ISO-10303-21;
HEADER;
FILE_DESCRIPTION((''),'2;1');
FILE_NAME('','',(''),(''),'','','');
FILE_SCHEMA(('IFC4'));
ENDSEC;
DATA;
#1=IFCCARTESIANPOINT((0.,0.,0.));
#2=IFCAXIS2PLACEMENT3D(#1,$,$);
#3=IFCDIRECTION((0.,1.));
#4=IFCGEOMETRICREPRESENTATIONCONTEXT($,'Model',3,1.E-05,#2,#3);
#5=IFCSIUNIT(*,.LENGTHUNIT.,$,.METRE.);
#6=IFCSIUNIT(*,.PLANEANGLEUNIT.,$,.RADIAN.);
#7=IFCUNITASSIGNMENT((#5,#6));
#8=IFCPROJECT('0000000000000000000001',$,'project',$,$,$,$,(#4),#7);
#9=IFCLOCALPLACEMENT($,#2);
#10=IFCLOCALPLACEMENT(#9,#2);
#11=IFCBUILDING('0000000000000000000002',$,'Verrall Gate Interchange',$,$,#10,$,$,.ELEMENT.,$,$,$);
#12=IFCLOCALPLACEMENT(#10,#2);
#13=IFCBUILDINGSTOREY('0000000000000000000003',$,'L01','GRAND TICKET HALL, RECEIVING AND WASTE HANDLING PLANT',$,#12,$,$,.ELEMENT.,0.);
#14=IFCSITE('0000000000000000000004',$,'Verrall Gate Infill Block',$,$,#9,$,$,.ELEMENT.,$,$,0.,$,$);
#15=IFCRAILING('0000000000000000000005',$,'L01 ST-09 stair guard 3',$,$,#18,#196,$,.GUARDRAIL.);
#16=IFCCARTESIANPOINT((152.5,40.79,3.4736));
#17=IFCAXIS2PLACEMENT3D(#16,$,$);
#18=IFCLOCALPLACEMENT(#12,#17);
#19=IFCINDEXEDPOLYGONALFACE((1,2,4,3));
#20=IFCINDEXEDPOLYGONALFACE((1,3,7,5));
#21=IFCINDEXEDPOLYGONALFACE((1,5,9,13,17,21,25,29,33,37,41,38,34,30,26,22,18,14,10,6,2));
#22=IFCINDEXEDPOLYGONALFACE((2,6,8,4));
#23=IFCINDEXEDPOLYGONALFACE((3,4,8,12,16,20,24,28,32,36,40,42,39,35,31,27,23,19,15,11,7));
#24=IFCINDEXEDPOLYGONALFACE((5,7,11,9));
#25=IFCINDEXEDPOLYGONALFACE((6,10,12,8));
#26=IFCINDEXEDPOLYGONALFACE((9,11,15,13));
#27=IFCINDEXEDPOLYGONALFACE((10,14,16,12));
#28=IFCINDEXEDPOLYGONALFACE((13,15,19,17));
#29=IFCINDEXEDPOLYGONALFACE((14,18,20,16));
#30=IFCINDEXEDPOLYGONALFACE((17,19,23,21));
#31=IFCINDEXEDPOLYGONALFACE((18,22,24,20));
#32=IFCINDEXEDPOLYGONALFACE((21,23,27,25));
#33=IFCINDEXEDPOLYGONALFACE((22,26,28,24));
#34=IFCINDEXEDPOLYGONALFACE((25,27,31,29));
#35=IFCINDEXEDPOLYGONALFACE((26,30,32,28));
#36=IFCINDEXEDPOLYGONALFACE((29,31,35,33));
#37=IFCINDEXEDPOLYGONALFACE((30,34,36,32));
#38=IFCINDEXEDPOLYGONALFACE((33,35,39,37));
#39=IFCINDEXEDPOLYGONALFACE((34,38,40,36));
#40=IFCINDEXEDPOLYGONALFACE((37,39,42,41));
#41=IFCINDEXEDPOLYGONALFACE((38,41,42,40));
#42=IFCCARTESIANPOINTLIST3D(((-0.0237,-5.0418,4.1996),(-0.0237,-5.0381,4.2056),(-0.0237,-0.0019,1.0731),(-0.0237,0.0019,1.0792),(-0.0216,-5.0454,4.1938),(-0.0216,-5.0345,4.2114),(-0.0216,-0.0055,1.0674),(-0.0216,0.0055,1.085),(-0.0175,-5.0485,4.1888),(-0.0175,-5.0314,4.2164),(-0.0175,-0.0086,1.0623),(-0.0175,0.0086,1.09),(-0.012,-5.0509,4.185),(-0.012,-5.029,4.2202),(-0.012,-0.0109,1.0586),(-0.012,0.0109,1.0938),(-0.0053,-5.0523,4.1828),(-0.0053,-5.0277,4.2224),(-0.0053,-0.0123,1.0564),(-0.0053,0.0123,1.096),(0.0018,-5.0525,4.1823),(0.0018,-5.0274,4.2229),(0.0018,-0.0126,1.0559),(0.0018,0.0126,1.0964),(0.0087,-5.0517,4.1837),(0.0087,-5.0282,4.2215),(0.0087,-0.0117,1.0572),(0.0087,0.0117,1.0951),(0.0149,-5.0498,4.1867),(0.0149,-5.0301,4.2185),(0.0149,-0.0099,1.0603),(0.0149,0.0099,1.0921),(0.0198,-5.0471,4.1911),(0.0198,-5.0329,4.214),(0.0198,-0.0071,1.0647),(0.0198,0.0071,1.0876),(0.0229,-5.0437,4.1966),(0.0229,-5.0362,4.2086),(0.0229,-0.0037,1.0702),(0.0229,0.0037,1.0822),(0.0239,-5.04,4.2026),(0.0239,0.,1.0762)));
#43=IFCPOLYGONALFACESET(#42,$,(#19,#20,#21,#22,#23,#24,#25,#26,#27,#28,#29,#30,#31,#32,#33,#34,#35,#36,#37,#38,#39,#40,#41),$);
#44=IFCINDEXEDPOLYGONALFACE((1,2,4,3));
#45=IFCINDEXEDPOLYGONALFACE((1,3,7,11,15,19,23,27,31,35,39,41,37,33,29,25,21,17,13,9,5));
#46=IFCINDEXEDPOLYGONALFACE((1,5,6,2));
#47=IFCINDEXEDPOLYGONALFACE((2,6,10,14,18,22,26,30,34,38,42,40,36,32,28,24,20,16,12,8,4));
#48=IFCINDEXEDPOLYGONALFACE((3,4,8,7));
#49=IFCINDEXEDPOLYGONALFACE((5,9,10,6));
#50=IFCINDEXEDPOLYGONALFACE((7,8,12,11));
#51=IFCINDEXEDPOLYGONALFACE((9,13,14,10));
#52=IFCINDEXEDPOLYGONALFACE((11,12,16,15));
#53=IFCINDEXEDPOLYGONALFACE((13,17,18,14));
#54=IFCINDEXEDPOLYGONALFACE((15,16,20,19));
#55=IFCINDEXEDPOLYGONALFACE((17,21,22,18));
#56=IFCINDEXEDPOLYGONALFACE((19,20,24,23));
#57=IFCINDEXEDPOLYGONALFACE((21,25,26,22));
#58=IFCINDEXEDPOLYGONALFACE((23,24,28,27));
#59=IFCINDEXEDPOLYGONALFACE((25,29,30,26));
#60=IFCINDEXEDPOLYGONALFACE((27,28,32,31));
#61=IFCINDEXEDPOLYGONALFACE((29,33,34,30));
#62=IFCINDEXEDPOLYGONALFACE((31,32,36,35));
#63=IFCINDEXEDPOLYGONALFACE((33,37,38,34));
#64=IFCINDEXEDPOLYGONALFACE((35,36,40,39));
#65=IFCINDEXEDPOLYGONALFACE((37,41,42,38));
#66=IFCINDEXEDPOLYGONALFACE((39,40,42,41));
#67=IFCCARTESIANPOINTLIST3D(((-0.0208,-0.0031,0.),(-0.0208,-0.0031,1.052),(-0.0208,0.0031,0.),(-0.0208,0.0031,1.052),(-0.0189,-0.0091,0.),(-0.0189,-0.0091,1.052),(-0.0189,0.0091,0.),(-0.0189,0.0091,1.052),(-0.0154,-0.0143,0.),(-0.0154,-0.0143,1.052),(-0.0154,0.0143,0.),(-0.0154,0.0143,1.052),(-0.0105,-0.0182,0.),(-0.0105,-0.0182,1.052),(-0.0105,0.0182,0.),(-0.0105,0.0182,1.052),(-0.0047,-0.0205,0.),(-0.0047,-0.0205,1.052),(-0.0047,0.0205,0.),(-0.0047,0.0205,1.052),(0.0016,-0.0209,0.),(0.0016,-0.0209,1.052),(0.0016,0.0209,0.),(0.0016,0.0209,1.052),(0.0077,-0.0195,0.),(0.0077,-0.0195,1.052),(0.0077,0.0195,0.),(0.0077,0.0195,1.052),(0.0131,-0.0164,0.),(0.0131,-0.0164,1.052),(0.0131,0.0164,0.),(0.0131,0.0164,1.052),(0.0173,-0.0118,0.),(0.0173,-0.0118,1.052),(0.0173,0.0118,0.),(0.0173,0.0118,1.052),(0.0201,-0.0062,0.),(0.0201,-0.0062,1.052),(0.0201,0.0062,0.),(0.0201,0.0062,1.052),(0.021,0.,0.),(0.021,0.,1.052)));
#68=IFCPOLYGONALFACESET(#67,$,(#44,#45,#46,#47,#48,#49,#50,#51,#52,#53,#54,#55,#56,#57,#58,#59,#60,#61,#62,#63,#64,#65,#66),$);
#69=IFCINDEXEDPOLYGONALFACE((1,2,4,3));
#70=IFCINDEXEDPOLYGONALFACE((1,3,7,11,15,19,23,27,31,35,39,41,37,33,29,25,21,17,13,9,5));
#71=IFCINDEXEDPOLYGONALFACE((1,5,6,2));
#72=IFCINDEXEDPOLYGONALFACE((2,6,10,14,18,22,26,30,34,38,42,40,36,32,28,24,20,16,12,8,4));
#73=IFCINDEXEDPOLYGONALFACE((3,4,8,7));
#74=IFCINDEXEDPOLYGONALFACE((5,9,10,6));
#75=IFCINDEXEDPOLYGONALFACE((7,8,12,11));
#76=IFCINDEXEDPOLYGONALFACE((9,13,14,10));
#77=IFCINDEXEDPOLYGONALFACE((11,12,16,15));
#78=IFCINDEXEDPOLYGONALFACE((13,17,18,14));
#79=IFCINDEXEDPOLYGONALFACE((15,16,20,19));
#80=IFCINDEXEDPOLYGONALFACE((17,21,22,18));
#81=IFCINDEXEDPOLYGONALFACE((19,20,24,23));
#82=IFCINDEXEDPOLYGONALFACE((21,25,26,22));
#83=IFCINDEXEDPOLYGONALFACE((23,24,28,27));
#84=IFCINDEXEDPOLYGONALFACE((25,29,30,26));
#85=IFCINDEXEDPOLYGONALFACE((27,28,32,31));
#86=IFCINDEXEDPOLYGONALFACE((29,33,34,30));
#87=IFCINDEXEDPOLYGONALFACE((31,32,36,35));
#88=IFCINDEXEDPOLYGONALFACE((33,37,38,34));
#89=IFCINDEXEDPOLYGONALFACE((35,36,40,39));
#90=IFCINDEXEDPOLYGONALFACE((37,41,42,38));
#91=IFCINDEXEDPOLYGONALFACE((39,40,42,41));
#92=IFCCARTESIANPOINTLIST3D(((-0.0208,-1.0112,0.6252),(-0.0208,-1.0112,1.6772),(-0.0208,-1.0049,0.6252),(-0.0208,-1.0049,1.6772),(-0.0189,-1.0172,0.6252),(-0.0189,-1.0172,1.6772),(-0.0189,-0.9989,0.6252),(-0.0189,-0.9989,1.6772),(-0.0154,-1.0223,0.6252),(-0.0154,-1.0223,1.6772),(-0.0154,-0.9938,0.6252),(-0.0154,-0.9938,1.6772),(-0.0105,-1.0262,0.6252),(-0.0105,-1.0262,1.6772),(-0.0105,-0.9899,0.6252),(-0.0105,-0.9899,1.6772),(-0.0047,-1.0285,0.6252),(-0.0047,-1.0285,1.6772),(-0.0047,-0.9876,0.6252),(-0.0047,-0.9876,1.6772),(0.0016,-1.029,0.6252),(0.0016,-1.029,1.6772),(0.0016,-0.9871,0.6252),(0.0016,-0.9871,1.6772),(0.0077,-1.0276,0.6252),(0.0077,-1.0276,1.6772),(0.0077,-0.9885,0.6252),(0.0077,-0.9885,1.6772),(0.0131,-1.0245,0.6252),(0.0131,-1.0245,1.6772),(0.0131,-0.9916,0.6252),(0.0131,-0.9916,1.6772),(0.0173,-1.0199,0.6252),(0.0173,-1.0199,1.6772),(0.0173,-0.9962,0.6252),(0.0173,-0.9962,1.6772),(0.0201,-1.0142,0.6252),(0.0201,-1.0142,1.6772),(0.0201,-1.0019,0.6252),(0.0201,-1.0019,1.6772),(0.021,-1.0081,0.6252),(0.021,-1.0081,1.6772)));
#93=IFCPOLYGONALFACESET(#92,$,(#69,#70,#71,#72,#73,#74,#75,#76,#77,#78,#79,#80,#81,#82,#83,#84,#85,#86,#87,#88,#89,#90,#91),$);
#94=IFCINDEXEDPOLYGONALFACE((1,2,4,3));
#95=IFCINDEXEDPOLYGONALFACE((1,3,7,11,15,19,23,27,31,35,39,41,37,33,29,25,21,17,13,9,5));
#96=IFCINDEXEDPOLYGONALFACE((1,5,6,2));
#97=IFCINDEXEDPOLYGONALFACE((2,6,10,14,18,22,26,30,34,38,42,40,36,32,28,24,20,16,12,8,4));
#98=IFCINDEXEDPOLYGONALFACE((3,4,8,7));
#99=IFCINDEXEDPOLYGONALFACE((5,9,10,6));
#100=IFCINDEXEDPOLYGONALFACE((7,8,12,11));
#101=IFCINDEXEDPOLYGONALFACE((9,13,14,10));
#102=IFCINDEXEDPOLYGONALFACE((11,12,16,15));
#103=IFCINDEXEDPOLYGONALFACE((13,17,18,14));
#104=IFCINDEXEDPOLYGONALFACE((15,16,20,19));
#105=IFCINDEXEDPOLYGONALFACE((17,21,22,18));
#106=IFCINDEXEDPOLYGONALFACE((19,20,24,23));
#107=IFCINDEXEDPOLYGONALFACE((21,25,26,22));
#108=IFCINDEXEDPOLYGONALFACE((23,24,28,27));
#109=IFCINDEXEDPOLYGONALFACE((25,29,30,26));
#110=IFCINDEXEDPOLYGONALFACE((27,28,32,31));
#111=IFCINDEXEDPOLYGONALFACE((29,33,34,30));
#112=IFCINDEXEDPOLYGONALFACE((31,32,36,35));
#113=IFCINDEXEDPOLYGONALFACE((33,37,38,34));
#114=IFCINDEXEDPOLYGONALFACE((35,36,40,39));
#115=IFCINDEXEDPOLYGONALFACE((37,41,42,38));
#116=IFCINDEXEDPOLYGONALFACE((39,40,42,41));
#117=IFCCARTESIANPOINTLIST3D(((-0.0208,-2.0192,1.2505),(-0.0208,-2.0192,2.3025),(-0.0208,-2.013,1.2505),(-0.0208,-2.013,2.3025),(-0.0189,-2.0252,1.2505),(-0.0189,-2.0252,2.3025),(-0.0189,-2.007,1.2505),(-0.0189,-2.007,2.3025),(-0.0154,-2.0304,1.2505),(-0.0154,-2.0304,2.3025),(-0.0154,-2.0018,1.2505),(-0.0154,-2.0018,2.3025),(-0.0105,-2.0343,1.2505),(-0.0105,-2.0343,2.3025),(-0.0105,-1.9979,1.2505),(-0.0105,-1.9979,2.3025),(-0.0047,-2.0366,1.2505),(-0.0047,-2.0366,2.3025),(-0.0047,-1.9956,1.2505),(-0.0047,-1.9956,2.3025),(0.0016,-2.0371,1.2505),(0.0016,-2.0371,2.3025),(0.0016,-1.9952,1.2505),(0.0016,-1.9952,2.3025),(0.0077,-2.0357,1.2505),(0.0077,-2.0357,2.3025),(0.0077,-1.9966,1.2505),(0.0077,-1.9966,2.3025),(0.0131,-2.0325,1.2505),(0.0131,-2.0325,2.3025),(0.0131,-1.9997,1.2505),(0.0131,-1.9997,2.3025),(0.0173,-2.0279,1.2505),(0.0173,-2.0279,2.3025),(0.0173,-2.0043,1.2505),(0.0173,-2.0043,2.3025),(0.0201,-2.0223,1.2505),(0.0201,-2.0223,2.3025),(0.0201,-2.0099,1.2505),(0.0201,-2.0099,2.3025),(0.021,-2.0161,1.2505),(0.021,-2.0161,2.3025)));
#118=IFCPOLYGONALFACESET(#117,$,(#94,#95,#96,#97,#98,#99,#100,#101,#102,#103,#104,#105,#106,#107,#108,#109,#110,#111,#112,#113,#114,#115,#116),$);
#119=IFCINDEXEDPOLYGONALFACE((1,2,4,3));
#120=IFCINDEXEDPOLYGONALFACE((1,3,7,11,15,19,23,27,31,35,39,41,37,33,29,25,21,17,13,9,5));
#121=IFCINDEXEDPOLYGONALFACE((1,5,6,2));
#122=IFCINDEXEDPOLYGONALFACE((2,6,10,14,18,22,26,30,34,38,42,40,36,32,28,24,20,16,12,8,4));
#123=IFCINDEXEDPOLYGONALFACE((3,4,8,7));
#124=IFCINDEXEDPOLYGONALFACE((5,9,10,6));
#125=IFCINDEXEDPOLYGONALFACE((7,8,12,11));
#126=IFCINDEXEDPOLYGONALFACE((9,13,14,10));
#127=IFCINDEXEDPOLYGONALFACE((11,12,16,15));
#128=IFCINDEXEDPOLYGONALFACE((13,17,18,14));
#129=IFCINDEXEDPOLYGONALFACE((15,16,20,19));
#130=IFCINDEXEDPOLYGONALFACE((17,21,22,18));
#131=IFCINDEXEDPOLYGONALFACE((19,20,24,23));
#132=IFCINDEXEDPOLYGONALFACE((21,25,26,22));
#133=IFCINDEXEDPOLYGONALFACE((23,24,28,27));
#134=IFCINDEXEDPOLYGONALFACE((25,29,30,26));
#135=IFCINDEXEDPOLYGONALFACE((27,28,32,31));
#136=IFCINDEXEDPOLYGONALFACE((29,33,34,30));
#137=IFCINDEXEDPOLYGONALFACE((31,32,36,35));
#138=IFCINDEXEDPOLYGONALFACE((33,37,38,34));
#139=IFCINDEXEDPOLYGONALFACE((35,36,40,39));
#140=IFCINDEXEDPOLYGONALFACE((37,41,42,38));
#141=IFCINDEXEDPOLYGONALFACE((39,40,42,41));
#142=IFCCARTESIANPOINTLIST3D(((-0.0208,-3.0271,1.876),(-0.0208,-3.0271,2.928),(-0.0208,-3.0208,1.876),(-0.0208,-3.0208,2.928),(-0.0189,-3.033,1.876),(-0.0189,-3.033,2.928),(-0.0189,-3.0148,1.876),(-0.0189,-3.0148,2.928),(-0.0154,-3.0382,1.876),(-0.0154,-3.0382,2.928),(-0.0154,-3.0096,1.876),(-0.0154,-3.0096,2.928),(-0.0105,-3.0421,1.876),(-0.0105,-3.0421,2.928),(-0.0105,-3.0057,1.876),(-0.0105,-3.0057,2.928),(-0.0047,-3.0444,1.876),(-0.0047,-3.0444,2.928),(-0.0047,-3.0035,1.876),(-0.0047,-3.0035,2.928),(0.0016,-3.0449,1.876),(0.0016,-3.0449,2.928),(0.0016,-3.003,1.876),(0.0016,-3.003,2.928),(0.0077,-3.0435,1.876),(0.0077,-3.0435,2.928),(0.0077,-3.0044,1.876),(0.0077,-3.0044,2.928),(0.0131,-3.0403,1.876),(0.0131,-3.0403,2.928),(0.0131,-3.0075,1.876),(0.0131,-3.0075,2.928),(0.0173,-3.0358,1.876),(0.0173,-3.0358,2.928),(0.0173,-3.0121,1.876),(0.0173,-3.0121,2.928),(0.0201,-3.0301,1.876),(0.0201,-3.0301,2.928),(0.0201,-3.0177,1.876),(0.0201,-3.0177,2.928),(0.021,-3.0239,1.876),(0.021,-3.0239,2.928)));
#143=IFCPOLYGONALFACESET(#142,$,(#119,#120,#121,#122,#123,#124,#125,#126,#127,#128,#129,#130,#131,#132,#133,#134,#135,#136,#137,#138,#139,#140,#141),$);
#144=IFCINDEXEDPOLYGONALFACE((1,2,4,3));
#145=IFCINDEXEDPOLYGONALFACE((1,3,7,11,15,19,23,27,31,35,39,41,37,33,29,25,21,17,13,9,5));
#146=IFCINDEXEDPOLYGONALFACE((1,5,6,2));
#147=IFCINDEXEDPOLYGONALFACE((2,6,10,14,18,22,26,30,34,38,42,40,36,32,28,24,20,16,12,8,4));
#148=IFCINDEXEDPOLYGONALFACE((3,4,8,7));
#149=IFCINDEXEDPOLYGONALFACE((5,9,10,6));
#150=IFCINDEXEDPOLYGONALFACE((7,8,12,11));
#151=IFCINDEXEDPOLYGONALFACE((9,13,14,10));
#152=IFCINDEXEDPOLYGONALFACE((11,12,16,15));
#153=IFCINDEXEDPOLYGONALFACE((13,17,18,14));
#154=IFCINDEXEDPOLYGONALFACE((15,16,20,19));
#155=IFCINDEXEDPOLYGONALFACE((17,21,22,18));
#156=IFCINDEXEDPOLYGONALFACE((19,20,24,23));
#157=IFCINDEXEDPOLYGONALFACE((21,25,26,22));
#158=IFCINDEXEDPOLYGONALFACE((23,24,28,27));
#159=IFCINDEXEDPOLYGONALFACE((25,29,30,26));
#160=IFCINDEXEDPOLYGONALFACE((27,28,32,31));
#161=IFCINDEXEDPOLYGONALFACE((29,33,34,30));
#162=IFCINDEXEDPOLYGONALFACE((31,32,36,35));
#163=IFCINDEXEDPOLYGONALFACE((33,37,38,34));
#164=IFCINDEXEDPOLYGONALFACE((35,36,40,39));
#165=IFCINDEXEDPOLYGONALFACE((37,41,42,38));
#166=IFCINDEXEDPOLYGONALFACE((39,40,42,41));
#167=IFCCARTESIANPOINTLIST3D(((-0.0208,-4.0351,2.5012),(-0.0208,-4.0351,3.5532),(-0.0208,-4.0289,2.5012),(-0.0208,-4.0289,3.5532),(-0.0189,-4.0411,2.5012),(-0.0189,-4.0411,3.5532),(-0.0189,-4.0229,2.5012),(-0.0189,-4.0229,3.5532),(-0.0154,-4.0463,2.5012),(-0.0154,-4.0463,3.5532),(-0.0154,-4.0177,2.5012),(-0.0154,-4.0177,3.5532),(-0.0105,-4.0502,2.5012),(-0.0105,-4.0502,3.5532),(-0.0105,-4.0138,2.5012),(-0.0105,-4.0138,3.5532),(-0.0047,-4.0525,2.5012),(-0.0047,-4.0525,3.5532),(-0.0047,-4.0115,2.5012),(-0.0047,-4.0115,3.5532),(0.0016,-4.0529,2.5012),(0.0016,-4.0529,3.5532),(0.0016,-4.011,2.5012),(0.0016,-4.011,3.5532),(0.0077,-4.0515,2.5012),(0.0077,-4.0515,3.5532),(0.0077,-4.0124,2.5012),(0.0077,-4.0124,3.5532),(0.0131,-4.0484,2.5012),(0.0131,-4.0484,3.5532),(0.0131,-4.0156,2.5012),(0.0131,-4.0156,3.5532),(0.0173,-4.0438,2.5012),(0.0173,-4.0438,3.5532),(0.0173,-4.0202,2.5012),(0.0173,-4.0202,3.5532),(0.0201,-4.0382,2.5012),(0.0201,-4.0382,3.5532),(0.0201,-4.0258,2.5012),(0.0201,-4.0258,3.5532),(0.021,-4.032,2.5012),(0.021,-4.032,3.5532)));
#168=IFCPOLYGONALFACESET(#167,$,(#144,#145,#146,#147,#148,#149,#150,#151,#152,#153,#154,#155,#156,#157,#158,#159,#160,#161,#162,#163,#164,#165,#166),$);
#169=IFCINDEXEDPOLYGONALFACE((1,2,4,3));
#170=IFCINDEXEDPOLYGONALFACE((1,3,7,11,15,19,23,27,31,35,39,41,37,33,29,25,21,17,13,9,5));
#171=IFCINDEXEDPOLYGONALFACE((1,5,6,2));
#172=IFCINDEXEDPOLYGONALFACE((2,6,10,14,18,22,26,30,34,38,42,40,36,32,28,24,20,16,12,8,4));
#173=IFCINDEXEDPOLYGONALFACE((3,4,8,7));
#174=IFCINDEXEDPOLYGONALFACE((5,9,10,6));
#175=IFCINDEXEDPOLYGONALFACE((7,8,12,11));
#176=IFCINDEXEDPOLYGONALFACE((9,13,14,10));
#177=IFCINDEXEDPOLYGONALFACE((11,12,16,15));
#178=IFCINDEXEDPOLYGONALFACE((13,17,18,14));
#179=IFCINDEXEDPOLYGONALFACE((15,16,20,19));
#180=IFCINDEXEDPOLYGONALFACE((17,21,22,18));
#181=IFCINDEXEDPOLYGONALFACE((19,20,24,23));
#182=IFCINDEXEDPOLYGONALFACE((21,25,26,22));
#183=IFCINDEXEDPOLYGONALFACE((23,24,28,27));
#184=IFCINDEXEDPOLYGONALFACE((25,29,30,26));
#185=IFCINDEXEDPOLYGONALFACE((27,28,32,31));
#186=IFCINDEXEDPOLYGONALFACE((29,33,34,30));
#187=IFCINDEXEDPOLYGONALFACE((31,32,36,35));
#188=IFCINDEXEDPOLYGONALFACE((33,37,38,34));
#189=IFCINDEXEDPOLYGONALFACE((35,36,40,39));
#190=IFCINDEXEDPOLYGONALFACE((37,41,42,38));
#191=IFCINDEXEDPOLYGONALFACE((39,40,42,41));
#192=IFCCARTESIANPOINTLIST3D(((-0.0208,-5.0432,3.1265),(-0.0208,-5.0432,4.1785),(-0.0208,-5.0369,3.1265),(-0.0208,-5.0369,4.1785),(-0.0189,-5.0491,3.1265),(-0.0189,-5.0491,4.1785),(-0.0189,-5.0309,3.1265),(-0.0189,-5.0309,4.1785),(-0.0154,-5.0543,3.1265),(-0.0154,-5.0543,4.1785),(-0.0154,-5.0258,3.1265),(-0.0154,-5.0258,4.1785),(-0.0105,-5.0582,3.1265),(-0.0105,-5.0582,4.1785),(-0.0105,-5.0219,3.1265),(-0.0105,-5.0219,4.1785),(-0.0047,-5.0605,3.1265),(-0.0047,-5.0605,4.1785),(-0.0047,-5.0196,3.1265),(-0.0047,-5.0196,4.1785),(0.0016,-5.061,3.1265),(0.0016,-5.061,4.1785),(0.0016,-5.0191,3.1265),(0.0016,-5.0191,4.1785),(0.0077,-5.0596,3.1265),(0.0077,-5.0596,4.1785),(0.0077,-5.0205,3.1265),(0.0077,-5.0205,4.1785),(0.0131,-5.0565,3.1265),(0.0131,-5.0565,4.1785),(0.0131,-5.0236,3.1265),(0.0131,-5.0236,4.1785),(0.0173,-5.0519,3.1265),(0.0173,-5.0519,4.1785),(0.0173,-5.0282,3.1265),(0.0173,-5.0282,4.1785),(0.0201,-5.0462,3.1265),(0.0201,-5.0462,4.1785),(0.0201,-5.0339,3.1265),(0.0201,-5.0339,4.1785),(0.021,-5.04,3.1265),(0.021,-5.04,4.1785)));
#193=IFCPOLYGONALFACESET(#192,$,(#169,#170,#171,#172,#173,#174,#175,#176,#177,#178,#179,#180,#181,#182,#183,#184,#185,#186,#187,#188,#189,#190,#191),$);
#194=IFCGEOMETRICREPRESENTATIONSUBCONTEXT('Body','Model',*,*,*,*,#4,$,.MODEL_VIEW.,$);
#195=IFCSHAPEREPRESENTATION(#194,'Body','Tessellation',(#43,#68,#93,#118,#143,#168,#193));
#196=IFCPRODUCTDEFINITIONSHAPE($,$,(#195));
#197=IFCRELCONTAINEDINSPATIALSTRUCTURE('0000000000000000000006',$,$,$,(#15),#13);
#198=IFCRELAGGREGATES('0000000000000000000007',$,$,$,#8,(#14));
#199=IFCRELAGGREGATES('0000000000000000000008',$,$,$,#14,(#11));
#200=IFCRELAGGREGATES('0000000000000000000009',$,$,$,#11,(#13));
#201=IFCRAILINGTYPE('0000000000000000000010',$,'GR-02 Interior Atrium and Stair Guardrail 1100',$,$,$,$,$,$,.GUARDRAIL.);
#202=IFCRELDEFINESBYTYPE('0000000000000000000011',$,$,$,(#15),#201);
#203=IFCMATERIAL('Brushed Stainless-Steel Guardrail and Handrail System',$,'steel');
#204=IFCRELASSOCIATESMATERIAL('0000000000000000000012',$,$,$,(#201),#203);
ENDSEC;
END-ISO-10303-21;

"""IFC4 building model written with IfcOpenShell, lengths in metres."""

from ifc_helpers import new_model, si_unit, direction, frame, origin, origin_2d, place, context, subcontext, project, spatial, circle, extrude, material, type_object, element, save


model = new_model("IFC4")

# Units and contexts
model_context = context("Model", 3, precision=1e-05, world=origin(), true_north=direction((0.0, 1.0)))
body_context = subcontext(model_context, "Body", "Model", "MODEL_VIEW")
ifc_project = project(units=[si_unit("LENGTHUNIT", "METRE"), si_unit("PLANEANGLEUNIT", "RADIAN")], contexts=[model_context])

# Site, building, storey
site_placement = place(None, origin())
site = spatial("IfcSite", under=ifc_project, at=site_placement, Name="Verrall Gate Infill Block", CompositionType="ELEMENT", RefElevation=0.0)
building_placement = place(site_placement, origin())
building = spatial("IfcBuilding", under=site, at=building_placement, Name="Verrall Gate Interchange", CompositionType="ELEMENT")
storey_placement = place(building_placement, origin())
storey = spatial("IfcBuildingStorey", under=building, at=storey_placement, Name="L01", Description="GRAND TICKET HALL, RECEIVING AND WASTE HANDLING PLANT", CompositionType="ELEMENT", Elevation=0.0)

# Railing
ifc_material_1 = material(Name="Brushed Stainless-Steel Guardrail and Handrail System", Category="steel")
railing_type_1 = type_object("IfcRailingType", Name="GR-02 Interior Atrium and Stair Guardrail 1100", PredefinedType="GUARDRAIL", material=ifc_material_1)
railing_1_placement = place(storey_placement, frame((152.5, 40.79, 3.4736)))
element("IfcRailing", 1, at=railing_1_placement, inside=storey, type_object=railing_type_1, Name="L01 ST-09 stair guard 3", PredefinedType="GUARDRAIL", context=body_context, shape_type="SweptSolid", body=[
    extrude(circle(Radius=0.0239, at=origin_2d()), frame((0.0, 0.0, 1.0762), z_axis=(0.0, -0.849779, 0.527139), x_axis=(1.0, 0.0, 0.0)), (0.0, 0.0, 1.0), 5.9309),
    extrude(circle(Radius=0.021, at=origin_2d()), origin(), (0.0, 0.0, 1.0), 1.052),
    extrude(circle(Radius=0.021, at=origin_2d()), frame((0.0, -1.0081, 0.6252)), (0.0, 0.0, 1.0), 1.052),
    extrude(circle(Radius=0.021, at=origin_2d()), frame((0.0, -2.0161, 1.2505)), (0.0, 0.0, 1.0), 1.052),
    extrude(circle(Radius=0.021, at=origin_2d()), frame((0.0, -3.0239, 1.876)), (0.0, 0.0, 1.0), 1.052),
    extrude(circle(Radius=0.021, at=origin_2d()), frame((0.0, -4.032, 2.5012)), (0.0, 0.0, 1.0), 1.052),
    extrude(circle(Radius=0.021, at=origin_2d()), frame((0.0, -5.04, 3.1265)), (0.0, 0.0, 1.0), 1.052),
])

save(model, "model.ifc")
